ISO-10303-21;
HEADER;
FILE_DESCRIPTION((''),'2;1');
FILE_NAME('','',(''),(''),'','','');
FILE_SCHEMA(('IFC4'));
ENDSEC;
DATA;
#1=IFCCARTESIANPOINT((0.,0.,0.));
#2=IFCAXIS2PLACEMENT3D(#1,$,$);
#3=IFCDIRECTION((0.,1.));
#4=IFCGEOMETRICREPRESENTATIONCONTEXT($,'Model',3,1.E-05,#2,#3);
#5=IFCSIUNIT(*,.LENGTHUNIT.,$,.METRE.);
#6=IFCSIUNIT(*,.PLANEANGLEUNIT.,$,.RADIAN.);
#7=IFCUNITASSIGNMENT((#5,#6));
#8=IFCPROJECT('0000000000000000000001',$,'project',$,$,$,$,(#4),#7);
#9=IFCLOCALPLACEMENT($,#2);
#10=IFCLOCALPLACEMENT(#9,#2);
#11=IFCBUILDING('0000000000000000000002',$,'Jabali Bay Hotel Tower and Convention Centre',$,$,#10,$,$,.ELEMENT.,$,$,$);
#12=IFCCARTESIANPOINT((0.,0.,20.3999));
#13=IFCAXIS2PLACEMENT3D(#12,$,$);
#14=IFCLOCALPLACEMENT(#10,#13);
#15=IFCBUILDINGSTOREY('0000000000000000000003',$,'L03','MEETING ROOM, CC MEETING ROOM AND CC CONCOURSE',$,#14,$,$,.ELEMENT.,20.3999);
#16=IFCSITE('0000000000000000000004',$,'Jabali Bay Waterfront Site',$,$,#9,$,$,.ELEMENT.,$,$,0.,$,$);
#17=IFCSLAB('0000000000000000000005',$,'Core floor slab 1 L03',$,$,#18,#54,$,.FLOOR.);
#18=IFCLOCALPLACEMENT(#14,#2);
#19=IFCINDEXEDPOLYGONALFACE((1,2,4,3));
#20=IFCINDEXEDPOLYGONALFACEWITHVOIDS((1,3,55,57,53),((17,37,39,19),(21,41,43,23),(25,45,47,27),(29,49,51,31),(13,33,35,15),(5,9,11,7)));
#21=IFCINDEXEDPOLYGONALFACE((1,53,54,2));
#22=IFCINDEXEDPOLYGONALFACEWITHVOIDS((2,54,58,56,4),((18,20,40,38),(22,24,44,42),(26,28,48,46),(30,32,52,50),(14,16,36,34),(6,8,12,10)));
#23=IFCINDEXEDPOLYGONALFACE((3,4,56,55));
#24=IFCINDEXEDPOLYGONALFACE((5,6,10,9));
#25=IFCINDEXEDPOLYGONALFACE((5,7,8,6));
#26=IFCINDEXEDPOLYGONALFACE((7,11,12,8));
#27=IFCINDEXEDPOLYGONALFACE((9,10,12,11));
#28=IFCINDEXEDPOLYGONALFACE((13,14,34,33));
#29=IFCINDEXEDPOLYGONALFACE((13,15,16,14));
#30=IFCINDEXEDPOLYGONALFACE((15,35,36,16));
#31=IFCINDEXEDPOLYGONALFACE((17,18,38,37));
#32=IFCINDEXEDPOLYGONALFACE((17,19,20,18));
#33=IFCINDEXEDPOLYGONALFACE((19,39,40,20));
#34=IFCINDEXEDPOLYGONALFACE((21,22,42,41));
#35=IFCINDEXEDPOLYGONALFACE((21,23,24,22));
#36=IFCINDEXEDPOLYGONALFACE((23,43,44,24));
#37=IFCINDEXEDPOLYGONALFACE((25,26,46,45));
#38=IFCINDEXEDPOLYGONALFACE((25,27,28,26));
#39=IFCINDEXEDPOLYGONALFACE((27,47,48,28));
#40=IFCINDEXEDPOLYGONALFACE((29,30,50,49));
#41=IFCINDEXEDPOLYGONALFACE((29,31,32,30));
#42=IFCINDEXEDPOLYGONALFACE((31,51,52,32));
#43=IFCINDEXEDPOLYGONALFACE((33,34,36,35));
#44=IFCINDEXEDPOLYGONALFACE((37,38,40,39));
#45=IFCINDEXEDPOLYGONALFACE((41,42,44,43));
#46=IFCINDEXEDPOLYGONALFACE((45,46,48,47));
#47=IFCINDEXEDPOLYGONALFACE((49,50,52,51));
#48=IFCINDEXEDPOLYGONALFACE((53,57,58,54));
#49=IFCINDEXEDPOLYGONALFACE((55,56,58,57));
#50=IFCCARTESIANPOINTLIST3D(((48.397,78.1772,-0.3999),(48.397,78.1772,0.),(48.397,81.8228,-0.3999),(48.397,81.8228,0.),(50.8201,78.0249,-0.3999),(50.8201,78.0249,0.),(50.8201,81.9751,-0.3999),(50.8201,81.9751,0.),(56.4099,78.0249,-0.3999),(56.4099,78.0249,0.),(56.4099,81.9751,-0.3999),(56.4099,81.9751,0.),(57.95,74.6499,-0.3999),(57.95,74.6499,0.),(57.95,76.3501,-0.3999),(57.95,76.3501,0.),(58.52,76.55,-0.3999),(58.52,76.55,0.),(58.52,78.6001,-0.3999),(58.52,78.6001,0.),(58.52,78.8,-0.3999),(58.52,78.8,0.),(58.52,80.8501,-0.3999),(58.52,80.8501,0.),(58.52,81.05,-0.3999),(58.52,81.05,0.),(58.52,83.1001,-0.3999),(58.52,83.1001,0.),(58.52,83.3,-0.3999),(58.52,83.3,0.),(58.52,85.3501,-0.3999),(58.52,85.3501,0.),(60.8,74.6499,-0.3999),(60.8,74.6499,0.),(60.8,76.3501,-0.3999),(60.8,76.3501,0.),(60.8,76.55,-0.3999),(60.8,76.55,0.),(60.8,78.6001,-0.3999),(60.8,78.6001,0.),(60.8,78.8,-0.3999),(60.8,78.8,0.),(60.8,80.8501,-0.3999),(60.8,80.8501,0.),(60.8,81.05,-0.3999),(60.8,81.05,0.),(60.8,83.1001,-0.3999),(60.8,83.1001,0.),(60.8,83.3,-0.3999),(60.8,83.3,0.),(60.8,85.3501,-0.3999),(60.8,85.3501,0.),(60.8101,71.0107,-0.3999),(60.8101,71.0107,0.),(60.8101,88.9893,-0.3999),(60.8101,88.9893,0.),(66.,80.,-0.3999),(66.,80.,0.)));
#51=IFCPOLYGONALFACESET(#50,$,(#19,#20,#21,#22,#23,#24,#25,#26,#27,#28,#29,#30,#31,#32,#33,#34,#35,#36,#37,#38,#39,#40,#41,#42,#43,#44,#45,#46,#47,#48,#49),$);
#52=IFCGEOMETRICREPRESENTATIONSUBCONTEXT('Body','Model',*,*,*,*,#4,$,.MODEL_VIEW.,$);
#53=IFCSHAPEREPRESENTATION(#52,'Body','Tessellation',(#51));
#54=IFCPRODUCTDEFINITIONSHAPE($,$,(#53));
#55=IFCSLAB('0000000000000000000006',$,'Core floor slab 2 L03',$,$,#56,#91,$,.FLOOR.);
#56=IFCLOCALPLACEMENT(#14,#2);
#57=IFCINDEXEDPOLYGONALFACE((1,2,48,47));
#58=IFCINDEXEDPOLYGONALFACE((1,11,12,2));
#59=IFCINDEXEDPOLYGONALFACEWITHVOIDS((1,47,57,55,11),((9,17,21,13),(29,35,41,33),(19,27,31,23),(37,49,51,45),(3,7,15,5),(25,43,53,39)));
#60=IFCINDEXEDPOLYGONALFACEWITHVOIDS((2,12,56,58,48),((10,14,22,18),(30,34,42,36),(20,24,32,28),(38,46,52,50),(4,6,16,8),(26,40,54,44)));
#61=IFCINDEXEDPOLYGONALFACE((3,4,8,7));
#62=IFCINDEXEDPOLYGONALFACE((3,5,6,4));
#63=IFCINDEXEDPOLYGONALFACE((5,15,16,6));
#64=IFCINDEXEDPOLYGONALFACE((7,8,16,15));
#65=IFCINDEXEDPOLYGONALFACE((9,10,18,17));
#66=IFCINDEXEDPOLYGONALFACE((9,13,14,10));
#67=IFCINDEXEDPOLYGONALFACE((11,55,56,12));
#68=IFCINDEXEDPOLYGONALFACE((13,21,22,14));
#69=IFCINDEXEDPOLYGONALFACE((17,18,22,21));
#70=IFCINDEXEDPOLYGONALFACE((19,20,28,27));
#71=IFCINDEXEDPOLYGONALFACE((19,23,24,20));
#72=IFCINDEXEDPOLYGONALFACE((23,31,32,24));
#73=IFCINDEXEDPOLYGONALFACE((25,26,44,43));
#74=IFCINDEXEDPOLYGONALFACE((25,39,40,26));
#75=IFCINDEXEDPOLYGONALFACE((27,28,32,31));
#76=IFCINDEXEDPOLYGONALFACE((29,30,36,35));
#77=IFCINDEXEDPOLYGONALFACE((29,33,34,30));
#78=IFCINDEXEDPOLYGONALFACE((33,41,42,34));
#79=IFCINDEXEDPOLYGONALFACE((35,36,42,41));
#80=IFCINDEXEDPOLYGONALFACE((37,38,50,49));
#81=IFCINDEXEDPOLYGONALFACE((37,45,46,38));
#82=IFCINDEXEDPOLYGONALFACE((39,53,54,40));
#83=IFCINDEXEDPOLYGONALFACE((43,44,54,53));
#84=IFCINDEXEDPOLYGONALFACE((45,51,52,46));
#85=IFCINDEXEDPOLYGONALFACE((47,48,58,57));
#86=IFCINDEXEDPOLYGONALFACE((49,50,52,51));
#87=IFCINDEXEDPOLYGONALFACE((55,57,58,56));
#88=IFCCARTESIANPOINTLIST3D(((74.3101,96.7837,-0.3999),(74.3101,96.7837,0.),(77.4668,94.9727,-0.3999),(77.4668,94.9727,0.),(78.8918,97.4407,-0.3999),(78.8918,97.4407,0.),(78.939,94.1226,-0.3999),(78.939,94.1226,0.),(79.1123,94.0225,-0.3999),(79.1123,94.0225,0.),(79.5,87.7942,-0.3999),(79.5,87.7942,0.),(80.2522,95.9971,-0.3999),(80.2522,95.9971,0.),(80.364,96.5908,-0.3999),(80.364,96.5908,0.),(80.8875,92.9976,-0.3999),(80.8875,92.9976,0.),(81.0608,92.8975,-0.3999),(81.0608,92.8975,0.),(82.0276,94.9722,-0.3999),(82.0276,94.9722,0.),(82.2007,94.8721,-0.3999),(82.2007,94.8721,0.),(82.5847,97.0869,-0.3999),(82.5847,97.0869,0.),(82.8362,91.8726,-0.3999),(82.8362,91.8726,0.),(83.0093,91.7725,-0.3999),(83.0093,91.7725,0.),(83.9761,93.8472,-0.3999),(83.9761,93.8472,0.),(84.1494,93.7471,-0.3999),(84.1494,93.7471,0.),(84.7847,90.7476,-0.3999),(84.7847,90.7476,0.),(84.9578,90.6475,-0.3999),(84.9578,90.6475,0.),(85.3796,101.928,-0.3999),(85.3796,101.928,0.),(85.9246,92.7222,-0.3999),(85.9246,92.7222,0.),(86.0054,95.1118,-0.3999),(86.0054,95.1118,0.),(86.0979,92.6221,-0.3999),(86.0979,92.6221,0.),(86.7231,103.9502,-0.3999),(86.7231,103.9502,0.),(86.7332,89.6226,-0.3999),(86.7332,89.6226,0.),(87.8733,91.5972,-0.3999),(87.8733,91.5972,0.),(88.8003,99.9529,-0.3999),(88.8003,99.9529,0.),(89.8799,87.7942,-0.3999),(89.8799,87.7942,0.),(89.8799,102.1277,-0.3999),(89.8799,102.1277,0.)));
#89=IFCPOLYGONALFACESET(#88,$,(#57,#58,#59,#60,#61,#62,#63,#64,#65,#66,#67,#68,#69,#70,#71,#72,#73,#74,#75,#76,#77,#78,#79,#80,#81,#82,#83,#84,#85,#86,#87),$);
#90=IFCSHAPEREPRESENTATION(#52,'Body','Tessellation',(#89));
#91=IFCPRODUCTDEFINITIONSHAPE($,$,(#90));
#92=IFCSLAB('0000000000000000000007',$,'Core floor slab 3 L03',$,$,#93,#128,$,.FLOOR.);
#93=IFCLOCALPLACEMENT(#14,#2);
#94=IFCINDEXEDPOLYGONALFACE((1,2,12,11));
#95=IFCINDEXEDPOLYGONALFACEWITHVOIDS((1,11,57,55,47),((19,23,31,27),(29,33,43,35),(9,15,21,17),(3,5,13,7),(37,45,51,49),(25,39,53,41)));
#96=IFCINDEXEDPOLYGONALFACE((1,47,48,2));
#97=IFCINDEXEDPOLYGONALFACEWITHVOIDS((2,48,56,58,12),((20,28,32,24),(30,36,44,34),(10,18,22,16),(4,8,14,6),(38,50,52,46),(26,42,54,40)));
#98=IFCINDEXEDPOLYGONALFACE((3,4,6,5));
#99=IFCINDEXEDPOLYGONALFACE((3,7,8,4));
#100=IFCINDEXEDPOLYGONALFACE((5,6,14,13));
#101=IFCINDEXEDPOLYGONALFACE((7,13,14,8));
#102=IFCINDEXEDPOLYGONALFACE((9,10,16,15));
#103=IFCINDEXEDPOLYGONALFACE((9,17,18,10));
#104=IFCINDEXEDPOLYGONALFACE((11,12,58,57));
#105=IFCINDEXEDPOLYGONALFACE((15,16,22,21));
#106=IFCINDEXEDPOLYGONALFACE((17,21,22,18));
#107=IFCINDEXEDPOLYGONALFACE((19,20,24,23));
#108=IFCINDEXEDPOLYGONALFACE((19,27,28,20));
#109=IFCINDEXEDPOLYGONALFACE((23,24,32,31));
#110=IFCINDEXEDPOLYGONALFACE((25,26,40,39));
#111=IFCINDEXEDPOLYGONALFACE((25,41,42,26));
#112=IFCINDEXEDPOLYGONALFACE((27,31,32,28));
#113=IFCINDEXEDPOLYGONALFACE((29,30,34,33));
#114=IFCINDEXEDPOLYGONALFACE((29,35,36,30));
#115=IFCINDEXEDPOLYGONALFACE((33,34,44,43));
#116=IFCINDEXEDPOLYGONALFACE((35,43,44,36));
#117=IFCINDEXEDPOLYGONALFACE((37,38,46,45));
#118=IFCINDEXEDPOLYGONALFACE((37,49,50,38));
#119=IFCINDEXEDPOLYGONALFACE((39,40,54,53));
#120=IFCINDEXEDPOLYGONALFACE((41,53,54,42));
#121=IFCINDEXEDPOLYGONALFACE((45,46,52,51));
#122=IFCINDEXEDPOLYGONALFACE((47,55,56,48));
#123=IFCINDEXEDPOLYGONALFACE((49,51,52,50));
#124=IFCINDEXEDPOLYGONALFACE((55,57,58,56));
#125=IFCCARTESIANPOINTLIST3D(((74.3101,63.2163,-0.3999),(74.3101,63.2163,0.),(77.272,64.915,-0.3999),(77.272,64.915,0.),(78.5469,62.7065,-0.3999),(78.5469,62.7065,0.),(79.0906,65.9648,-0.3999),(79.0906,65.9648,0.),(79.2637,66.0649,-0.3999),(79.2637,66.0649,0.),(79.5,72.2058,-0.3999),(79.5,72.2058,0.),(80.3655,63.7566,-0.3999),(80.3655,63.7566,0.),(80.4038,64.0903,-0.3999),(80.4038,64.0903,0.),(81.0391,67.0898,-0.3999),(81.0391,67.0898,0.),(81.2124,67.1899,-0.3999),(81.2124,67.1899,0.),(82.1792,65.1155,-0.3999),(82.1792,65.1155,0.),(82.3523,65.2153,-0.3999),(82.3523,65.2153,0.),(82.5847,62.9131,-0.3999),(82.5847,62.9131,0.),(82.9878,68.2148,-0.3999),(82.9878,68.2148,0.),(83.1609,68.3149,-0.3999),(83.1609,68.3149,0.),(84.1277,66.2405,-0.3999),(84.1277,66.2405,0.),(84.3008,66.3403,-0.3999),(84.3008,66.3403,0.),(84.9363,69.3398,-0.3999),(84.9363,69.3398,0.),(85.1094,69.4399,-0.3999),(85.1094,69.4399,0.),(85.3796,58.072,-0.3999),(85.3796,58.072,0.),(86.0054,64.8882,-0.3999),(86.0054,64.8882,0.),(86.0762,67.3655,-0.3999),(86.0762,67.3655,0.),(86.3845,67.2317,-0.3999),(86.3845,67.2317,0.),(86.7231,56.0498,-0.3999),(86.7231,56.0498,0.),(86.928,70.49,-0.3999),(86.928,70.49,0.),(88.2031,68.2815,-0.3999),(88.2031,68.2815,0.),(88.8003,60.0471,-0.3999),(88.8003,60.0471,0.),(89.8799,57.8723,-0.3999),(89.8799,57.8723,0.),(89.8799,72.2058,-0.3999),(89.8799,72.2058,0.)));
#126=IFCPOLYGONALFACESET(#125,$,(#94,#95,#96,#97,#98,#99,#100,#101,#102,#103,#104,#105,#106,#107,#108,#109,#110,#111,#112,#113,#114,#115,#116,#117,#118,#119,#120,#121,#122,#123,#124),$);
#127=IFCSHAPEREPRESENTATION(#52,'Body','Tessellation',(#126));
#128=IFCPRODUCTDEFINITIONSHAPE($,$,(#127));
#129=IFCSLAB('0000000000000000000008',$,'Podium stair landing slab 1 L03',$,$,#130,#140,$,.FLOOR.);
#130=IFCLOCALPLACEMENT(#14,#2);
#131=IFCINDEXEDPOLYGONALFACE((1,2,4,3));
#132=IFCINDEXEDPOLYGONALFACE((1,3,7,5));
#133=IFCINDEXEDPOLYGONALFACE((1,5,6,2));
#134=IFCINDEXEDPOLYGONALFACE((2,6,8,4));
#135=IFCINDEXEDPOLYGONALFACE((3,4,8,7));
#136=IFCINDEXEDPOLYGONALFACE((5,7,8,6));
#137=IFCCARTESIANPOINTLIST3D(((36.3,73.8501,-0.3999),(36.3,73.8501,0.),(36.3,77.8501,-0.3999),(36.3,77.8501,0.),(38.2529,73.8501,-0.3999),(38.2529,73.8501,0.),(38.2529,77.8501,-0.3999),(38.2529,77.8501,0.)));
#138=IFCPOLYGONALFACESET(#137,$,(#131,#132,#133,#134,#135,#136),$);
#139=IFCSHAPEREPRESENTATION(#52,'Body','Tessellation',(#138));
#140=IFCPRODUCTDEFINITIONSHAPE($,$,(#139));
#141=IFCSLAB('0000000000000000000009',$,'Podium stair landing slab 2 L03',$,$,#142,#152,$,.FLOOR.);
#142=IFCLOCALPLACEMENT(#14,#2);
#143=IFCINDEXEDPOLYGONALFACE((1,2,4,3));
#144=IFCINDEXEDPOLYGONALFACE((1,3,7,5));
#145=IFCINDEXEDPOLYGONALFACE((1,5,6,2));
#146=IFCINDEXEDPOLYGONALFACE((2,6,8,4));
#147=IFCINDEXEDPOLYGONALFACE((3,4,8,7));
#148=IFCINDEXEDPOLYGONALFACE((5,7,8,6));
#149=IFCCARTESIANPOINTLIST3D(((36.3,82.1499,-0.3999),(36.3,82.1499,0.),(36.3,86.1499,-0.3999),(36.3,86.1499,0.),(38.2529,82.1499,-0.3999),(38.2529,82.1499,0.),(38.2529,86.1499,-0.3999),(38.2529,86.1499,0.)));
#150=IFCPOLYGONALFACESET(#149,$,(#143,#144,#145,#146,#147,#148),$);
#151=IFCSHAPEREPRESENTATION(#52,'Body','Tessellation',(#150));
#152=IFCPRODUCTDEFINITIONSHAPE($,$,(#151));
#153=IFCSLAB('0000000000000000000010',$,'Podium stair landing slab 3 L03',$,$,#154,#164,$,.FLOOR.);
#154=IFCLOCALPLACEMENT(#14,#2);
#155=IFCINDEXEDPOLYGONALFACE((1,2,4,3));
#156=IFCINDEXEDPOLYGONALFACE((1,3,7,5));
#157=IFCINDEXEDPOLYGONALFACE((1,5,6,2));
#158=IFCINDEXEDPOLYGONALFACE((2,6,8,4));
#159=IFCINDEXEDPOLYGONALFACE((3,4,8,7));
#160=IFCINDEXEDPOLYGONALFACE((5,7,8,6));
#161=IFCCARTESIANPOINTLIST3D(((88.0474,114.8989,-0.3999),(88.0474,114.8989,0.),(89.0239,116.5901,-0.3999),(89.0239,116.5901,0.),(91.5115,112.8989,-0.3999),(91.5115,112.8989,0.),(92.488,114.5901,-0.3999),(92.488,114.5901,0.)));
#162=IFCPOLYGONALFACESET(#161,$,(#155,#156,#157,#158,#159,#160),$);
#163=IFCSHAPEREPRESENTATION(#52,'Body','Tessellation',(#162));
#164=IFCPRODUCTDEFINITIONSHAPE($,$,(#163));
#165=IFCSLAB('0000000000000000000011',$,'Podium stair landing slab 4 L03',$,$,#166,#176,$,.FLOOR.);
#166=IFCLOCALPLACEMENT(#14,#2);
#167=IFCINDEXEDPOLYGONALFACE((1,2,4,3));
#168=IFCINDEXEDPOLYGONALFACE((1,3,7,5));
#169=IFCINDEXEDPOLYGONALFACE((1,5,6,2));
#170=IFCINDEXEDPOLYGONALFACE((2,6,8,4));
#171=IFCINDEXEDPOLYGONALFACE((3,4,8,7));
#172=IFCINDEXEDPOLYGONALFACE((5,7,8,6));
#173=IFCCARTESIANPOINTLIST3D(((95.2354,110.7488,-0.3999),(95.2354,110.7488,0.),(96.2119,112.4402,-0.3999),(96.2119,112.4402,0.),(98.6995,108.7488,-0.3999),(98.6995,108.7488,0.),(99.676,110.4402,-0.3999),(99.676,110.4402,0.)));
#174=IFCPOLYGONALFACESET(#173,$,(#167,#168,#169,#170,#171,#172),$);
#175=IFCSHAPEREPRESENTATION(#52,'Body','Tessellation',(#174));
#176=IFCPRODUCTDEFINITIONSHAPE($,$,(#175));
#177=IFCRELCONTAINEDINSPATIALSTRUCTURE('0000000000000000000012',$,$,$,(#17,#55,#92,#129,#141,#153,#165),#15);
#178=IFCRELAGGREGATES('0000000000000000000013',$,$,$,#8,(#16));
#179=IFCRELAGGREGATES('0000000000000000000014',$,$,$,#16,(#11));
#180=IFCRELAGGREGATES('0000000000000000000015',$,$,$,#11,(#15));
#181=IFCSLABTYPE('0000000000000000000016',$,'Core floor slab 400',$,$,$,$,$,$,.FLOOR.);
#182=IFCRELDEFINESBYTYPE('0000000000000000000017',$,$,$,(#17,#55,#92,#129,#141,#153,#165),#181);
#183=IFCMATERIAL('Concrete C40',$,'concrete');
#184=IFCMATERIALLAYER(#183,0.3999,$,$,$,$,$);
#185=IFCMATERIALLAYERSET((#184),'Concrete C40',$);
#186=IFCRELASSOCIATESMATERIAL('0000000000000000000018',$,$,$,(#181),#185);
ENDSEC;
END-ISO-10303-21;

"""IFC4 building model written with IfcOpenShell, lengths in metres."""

from ifc_helpers import new_model, si_unit, direction, frame, origin, place, context, subcontext, project, spatial, polyline, outline, extrude, material, layer, layer_set, type_object, element, save


model = new_model("IFC4")

# Units and contexts
model_context = context("Model", 3, precision=1e-05, world=origin(), true_north=direction((0.0, 1.0)))
body_context = subcontext(model_context, "Body", "Model", "MODEL_VIEW")
ifc_project = project(units=[si_unit("LENGTHUNIT", "METRE"), si_unit("PLANEANGLEUNIT", "RADIAN")], contexts=[model_context])

# Site, building, storey
site_placement = place(None, origin())
site = spatial("IfcSite", under=ifc_project, at=site_placement, Name="Jabali Bay Waterfront Site", CompositionType="ELEMENT", RefElevation=0.0)
building_placement = place(site_placement, origin())
building = spatial("IfcBuilding", under=site, at=building_placement, Name="Jabali Bay Hotel Tower and Convention Centre", CompositionType="ELEMENT")
storey_placement = place(building_placement, frame((0.0, 0.0, 20.3999)))
storey = spatial("IfcBuildingStorey", under=building, at=storey_placement, Name="L03", Description="MEETING ROOM, CC MEETING ROOM AND CC CONCOURSE", CompositionType="ELEMENT", Elevation=20.3999)

# Slabs
ifc_material = material(Name="Concrete C40", Category="concrete")
ifc_layer_1 = layer(ifc_material, 0.3999)
ifc_layer_set_1 = layer_set([ifc_layer_1], Name="Concrete C40")
slab_type_1 = type_object("IfcSlabType", Name="Core floor slab 400", PredefinedType="FLOOR", material=ifc_layer_set_1)
slab_1_placement = place(storey_placement, frame((0.0, 0.0, -0.3999)))
element("IfcSlab", 1, at=slab_1_placement, inside=storey, type_object=slab_type_1, Name="Core floor slab 1 L03", PredefinedType="FLOOR", context=body_context, shape_type="SweptSolid", body=[
    extrude(outline(polyline([(66.0, 80.0), (60.8101, 88.9893), (48.397, 81.8228), (48.397, 78.1772), (60.8101, 71.0107), (66.0, 80.0)]), holes=[polyline([(60.8, 74.6499), (60.8, 76.3501), (57.95, 76.3501), (57.95, 74.6499), (60.8, 74.6499)]), polyline([(58.52, 76.55), (60.8, 76.55), (60.8, 78.6001), (58.52, 78.6001), (58.52, 76.55)]), polyline([(58.52, 78.8), (60.8, 78.8), (60.8, 80.8501), (58.52, 80.8501), (58.52, 78.8)]), polyline([(56.4099, 81.9751), (50.8201, 81.9751), (50.8201, 78.0249), (56.4099, 78.0249), (56.4099, 81.9751)]), polyline([(58.52, 81.05), (60.8, 81.05), (60.8, 83.1001), (58.52, 83.1001), (58.52, 81.05)]), polyline([(58.52, 83.3), (60.8, 83.3), (60.8, 85.3501), (58.52, 85.3501), (58.52, 83.3)])]), origin(), (0.0, 0.0, 1.0), 0.3999),
])
slab_2_placement = place(storey_placement, frame((0.0, 0.0, -0.3999)))
element("IfcSlab", 2, at=slab_2_placement, inside=storey, type_object=slab_type_1, Name="Core floor slab 2 L03", PredefinedType="FLOOR", context=body_context, shape_type="SweptSolid", body=[
    extrude(outline(polyline([(79.5, 87.7942), (89.8799, 87.7942), (89.8799, 102.1277), (86.7231, 103.9502), (74.3101, 96.7837), (79.5, 87.7942)]), holes=[polyline([(84.9578, 90.6475), (86.7332, 89.6226), (87.8733, 91.5972), (86.0979, 92.6221), (84.9578, 90.6475)]), polyline([(84.1494, 93.7471), (83.0093, 91.7725), (84.7847, 90.7476), (85.9246, 92.7222), (84.1494, 93.7471)]), polyline([(82.2007, 94.8721), (81.0608, 92.8975), (82.8362, 91.8726), (83.9761, 93.8472), (82.2007, 94.8721)]), polyline([(79.1123, 94.0225), (80.8875, 92.9976), (82.0276, 94.9722), (80.2522, 95.9971), (79.1123, 94.0225)]), polyline([(78.8918, 97.4407), (77.4668, 94.9727), (78.939, 94.1226), (80.364, 96.5908), (78.8918, 97.4407)]), polyline([(82.5847, 97.0869), (86.0054, 95.1118), (88.8003, 99.9529), (85.3796, 101.928), (82.5847, 97.0869)])]), origin(), (0.0, 0.0, 1.0), 0.3999),
])
slab_3_placement = place(storey_placement, frame((0.0, 0.0, -0.3999)))
element("IfcSlab", 3, at=slab_3_placement, inside=storey, type_object=slab_type_1, Name="Core floor slab 3 L03", PredefinedType="FLOOR", context=body_context, shape_type="SweptSolid", body=[
    extrude(outline(polyline([(79.5, 72.2058), (74.3101, 63.2163), (86.7231, 56.0498), (89.8799, 57.8723), (89.8799, 72.2058), (79.5, 72.2058)]), holes=[polyline([(82.5847, 62.9131), (85.3796, 58.072), (88.8003, 60.0471), (86.0054, 64.8882), (82.5847, 62.9131)]), polyline([(80.3655, 63.7566), (79.0906, 65.9648), (77.272, 64.915), (78.5469, 62.7065), (80.3655, 63.7566)]), polyline([(82.1792, 65.1155), (81.0391, 67.0898), (79.2637, 66.0649), (80.4038, 64.0903), (82.1792, 65.1155)]), polyline([(82.9878, 68.2148), (81.2124, 67.1899), (82.3523, 65.2153), (84.1277, 66.2405), (82.9878, 68.2148)]), polyline([(86.0762, 67.3655), (84.9363, 69.3398), (83.1609, 68.3149), (84.3008, 66.3403), (86.0762, 67.3655)]), polyline([(88.2031, 68.2815), (86.928, 70.49), (85.1094, 69.4399), (86.3845, 67.2317), (88.2031, 68.2815)])]), origin(), (0.0, 0.0, 1.0), 0.3999),
])
slab_4_placement = place(storey_placement, frame((0.0, 0.0, -0.3999)))
element("IfcSlab", 4, at=slab_4_placement, inside=storey, type_object=slab_type_1, Name="Podium stair landing slab 1 L03", PredefinedType="FLOOR", context=body_context, shape_type="SweptSolid", body=[
    extrude(outline(polyline([(36.3, 73.8501), (38.2529, 73.8501), (38.2529, 77.8501), (36.3, 77.8501), (36.3, 73.8501)])), origin(), (0.0, 0.0, 1.0), 0.3999),
])
slab_5_placement = place(storey_placement, frame((0.0, 0.0, -0.3999)))
element("IfcSlab", 5, at=slab_5_placement, inside=storey, type_object=slab_type_1, Name="Podium stair landing slab 2 L03", PredefinedType="FLOOR", context=body_context, shape_type="SweptSolid", body=[
    extrude(outline(polyline([(36.3, 82.1499), (38.2529, 82.1499), (38.2529, 86.1499), (36.3, 86.1499), (36.3, 82.1499)])), origin(), (0.0, 0.0, 1.0), 0.3999),
])
slab_6_placement = place(storey_placement, frame((0.0, 0.0, -0.3999)))
element("IfcSlab", 6, at=slab_6_placement, inside=storey, type_object=slab_type_1, Name="Podium stair landing slab 3 L03", PredefinedType="FLOOR", context=body_context, shape_type="SweptSolid", body=[
    extrude(outline(polyline([(89.0239, 116.5901), (88.0474, 114.8989), (91.5115, 112.8989), (92.488, 114.5901), (89.0239, 116.5901)])), origin(), (0.0, 0.0, 1.0), 0.3999),
])
slab_7_placement = place(storey_placement, frame((0.0, 0.0, -0.3999)))
element("IfcSlab", 7, at=slab_7_placement, inside=storey, type_object=slab_type_1, Name="Podium stair landing slab 4 L03", PredefinedType="FLOOR", context=body_context, shape_type="SweptSolid", body=[
    extrude(outline(polyline([(96.2119, 112.4402), (95.2354, 110.7488), (98.6995, 108.7488), (99.676, 110.4402), (96.2119, 112.4402)])), origin(), (0.0, 0.0, 1.0), 0.3999),
])

save(model, "model.ifc")
